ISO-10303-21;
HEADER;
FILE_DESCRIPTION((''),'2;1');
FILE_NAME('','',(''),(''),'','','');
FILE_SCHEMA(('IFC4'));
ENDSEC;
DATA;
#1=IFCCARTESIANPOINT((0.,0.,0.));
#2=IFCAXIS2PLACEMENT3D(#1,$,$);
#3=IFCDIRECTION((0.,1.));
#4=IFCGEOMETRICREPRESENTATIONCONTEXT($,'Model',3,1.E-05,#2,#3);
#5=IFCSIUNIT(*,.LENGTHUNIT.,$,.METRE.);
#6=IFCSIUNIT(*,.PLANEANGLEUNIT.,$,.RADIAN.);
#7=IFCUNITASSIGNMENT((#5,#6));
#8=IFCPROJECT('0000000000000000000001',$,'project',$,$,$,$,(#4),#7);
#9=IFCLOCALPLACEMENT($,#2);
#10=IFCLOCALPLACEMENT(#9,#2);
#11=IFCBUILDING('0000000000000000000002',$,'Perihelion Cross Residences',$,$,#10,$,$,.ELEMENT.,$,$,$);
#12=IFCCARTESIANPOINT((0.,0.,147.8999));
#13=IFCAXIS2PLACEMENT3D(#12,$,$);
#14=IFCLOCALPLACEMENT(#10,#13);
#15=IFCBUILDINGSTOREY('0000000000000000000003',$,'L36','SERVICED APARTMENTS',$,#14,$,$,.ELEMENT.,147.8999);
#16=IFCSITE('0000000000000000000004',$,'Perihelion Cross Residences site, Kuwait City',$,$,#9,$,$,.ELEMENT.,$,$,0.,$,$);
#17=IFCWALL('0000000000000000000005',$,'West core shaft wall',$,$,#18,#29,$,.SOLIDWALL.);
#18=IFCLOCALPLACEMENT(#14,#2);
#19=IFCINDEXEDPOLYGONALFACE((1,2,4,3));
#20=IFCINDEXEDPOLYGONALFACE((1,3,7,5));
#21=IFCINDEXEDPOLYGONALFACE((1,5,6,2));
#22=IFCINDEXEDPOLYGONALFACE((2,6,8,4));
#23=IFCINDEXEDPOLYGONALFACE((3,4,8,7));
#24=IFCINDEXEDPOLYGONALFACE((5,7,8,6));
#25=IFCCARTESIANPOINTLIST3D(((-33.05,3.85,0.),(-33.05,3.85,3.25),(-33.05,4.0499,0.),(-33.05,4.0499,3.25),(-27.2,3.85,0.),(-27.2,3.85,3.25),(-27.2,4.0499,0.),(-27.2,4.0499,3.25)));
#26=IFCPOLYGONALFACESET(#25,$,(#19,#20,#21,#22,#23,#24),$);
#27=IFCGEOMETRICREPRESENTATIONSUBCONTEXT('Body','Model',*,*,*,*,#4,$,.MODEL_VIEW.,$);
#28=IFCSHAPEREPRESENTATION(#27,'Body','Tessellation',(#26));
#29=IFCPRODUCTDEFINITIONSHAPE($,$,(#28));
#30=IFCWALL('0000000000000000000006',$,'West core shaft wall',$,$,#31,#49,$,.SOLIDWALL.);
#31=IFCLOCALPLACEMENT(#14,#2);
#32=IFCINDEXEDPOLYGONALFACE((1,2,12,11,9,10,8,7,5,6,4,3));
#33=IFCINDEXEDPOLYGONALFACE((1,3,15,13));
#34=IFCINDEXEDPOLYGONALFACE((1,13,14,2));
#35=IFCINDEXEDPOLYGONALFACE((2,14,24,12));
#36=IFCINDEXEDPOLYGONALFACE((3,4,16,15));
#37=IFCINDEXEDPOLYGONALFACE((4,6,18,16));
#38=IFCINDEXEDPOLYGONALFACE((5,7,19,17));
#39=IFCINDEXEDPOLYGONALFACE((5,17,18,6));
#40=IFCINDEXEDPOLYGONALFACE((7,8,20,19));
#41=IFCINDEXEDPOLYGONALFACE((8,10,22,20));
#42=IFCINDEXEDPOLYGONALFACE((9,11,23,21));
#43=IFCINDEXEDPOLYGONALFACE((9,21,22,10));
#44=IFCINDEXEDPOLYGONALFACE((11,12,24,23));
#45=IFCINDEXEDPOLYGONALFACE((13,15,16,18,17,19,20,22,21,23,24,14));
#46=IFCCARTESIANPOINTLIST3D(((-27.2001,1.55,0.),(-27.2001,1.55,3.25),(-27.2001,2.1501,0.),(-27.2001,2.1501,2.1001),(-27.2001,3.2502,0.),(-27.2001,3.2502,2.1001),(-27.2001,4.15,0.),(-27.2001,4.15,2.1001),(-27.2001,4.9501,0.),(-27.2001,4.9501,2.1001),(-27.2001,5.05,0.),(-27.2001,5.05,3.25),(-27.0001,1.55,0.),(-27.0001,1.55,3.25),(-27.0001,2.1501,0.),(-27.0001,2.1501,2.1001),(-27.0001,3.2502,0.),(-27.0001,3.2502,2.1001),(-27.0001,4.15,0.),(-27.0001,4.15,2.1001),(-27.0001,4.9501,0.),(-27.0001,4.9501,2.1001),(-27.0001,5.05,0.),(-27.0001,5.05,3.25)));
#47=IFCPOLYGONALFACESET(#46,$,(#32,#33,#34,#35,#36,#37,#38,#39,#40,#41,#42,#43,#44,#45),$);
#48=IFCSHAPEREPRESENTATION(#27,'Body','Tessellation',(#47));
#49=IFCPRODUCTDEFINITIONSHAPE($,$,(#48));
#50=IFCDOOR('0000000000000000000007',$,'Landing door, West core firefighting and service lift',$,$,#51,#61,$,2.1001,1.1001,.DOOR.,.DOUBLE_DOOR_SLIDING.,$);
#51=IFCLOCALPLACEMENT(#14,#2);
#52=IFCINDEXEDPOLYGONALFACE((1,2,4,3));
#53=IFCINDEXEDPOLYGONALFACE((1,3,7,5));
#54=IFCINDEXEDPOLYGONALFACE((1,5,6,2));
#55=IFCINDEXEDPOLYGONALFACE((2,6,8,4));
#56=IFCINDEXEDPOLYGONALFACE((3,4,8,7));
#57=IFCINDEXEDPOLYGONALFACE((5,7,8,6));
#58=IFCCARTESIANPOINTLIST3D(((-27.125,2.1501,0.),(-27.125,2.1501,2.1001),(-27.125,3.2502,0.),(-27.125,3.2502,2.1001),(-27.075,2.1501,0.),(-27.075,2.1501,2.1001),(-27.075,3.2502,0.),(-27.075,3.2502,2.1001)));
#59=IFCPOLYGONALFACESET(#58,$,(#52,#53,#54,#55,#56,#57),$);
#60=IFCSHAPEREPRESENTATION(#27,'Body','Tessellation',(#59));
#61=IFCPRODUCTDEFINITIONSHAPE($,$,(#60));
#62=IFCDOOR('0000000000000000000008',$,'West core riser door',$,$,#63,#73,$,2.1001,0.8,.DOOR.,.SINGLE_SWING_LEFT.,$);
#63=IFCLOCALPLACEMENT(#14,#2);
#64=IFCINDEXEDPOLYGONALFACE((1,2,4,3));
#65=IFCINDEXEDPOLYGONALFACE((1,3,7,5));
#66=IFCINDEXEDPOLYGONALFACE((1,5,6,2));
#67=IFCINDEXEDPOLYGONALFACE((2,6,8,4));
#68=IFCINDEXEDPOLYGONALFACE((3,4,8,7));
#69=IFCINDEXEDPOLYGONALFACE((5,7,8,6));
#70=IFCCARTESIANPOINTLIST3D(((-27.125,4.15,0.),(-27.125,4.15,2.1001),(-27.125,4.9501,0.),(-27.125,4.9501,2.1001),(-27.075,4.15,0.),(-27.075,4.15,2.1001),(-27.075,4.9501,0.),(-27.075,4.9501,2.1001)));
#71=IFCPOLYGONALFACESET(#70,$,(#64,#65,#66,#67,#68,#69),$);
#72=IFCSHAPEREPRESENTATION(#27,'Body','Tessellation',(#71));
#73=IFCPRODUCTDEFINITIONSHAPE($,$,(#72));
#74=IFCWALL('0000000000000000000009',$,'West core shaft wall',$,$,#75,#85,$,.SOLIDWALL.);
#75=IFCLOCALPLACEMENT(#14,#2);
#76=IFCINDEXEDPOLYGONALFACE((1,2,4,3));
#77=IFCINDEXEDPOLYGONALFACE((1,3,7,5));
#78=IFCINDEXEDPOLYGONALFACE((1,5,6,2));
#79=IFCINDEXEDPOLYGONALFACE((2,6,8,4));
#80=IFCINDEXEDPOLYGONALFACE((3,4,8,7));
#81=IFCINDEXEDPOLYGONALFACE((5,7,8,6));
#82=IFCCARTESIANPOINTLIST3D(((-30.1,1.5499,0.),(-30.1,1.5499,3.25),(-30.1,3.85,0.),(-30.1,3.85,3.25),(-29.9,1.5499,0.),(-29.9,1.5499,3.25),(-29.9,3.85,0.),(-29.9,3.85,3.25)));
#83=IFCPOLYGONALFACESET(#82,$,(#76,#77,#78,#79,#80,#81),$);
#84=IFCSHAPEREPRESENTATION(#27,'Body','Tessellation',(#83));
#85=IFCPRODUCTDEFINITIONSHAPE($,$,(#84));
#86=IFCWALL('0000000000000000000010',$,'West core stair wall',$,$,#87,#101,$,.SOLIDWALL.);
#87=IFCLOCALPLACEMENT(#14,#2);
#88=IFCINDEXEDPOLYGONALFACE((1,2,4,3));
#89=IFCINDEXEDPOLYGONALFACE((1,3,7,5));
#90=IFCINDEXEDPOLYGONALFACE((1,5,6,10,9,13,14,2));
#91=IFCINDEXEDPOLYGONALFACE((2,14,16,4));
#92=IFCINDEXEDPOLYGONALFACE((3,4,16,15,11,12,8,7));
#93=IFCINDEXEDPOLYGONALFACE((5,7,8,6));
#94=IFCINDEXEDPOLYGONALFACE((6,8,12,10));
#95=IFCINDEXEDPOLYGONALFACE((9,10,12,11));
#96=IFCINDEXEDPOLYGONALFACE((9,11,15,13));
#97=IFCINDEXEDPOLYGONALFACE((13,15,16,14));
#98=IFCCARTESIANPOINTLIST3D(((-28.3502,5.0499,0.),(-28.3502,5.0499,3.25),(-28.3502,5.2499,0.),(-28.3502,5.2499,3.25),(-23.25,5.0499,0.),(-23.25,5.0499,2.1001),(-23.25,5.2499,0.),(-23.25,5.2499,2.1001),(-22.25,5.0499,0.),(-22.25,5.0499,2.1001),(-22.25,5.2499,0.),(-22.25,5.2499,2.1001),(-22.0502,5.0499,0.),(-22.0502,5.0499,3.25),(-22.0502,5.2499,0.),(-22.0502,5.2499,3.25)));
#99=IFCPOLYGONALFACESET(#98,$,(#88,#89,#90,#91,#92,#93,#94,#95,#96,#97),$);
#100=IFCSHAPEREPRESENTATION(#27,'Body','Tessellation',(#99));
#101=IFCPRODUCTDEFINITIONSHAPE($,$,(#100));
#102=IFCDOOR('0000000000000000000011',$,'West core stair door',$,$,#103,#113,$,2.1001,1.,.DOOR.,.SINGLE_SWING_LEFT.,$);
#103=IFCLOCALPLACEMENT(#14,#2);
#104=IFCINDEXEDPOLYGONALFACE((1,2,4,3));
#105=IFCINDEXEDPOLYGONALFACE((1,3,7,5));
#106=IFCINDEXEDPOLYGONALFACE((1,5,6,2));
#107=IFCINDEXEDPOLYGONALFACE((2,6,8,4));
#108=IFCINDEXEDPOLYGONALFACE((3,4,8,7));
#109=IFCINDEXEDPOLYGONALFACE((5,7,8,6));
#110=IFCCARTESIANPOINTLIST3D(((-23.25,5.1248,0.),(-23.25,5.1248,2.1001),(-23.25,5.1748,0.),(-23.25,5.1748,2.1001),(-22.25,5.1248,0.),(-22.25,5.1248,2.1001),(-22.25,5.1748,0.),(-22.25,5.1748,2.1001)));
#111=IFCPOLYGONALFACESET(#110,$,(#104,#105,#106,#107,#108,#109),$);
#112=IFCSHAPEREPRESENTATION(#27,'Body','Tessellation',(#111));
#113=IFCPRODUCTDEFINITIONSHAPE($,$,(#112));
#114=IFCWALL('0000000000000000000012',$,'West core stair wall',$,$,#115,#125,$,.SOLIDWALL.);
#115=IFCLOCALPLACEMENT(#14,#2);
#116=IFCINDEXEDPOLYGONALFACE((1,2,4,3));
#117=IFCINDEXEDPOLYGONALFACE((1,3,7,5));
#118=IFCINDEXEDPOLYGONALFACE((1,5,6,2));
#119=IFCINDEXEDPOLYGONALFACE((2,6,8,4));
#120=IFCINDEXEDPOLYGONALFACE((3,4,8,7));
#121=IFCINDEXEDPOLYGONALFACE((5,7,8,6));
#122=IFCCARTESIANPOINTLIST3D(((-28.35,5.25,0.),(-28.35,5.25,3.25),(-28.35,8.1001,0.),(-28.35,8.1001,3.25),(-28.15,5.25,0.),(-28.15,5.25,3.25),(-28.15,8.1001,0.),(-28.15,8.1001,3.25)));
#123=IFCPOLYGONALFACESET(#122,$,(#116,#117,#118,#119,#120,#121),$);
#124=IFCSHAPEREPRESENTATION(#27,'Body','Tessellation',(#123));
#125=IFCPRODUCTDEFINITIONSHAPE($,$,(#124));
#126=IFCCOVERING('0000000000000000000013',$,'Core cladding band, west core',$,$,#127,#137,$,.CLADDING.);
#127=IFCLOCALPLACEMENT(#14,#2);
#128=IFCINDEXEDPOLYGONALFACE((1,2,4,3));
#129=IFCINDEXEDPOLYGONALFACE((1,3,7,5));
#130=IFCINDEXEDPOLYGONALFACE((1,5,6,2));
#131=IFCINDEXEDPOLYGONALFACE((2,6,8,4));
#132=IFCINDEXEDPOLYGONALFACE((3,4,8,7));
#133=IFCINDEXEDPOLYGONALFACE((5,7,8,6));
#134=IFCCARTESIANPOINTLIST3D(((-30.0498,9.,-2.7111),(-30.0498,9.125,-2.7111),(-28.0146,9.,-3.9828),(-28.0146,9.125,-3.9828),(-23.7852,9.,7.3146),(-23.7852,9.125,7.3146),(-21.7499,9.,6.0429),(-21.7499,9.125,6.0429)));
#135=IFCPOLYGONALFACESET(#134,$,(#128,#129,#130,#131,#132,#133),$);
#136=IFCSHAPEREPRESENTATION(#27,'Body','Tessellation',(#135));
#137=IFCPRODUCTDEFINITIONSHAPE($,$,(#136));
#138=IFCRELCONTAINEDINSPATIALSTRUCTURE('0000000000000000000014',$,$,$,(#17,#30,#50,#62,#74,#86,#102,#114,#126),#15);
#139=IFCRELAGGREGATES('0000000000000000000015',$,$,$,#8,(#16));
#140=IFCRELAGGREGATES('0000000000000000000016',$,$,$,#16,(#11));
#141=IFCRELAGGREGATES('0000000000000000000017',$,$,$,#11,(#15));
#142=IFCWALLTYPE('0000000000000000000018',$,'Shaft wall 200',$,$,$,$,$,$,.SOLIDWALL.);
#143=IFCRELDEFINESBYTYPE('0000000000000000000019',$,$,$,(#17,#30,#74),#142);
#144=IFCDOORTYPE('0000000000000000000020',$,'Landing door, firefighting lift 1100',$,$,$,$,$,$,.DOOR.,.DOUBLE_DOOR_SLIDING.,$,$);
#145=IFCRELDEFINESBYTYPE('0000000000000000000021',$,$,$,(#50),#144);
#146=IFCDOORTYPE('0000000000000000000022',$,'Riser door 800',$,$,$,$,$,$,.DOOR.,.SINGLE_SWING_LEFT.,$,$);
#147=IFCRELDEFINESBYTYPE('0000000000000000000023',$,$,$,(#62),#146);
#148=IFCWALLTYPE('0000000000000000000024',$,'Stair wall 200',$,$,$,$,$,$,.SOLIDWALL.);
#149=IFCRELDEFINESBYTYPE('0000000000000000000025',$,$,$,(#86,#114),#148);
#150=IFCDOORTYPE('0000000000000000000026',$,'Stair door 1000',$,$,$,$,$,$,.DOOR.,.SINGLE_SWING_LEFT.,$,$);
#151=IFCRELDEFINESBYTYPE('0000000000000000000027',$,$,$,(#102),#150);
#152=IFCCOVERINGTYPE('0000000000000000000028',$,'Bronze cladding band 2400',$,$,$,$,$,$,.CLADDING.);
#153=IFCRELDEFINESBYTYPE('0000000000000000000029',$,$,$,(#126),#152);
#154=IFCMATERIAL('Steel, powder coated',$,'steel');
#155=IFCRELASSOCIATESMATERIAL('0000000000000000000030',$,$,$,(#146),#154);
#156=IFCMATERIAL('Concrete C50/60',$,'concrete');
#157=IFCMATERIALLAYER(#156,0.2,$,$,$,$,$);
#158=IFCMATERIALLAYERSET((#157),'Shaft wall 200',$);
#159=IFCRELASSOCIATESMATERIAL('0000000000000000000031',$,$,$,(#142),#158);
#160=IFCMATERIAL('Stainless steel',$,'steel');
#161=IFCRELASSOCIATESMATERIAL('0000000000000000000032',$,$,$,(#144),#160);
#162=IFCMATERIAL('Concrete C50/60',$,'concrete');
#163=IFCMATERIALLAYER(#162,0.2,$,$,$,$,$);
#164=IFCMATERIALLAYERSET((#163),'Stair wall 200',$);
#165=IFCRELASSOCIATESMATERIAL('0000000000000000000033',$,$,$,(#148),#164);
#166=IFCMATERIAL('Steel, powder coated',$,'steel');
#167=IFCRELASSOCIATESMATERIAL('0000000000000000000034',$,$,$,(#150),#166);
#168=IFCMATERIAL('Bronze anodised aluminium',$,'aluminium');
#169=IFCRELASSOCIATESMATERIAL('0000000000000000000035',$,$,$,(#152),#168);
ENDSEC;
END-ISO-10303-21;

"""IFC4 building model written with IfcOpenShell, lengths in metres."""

from ifc_helpers import new_model, si_unit, direction, frame, frame_2d, origin, origin_2d, place, context, subcontext, project, spatial, rectangle, extrude, material, layer, layer_set, material_profile, profile_set, type_object, element, fill, save


model = new_model("IFC4")

# Units and contexts
model_context = context("Model", 3, precision=1e-05, world=origin(), true_north=direction((0.0, 1.0)))
body_context = subcontext(model_context, "Body", "Model", "MODEL_VIEW")
ifc_project = project(units=[si_unit("LENGTHUNIT", "METRE"), si_unit("PLANEANGLEUNIT", "RADIAN")], contexts=[model_context])

# Site, building, storey
site_placement = place(None, origin())
site = spatial("IfcSite", under=ifc_project, at=site_placement, Name="Perihelion Cross Residences site, Kuwait City", CompositionType="ELEMENT", RefElevation=0.0)
building_placement = place(site_placement, origin())
building = spatial("IfcBuilding", under=site, at=building_placement, Name="Perihelion Cross Residences", CompositionType="ELEMENT")
storey_placement = place(building_placement, frame((0.0, 0.0, 147.8999)))
storey = spatial("IfcBuildingStorey", under=building, at=storey_placement, Name="L36", Description="SERVICED APARTMENTS", CompositionType="ELEMENT", Elevation=147.8999)

# Shared definitions
ifc_material_1 = material(Name="Steel, powder coated", Category="steel")
door_type_1 = type_object("IfcDoorType", Name="Riser door 800", OperationType="SINGLE_SWING_LEFT", PredefinedType="DOOR", material=ifc_material_1)

# Shared definitions
ifc_material_2 = material(Name="Concrete C50/60", Category="concrete")
ifc_layer_1 = layer(ifc_material_2, 0.2)
ifc_layer_set_1 = layer_set([ifc_layer_1], Name="Shaft wall 200")
wall_type_1 = type_object("IfcWallType", Name="Shaft wall 200", PredefinedType="SOLIDWALL", material=ifc_layer_set_1)

# Wall
wall_1_placement = place(storey_placement, frame((-33.05, 3.95, 0.0), z_axis=(0.0, 0.0, 1.0), x_axis=(1.0, 0.0, 0.0)))
element("IfcWall", 1, at=wall_1_placement, inside=storey, type_object=wall_type_1, Name="West core shaft wall", PredefinedType="SOLIDWALL", context=body_context, shape_type="SweptSolid", body=[
    extrude(rectangle(XDim=5.8501, YDim=0.2, at=frame_2d((2.925, 0.0))), origin(), (0.0, 0.0, 1.0), 3.25),
])

# Wall, openings, doors
wall_2_placement = place(storey_placement, frame((-27.1001, 1.55, 0.0), z_axis=(0.0, 0.0, 1.0), x_axis=(0.0, 1.0, 0.0)))
wall_2 = element("IfcWall", 2, at=wall_2_placement, inside=storey, type_object=wall_type_1, Name="West core shaft wall", PredefinedType="SOLIDWALL", context=body_context, shape_type="SweptSolid", body=[
    extrude(rectangle(XDim=3.5, YDim=0.2, at=frame_2d((1.75, 0.0))), origin(), (0.0, 0.0, 1.0), 3.25),
])
opening_1_placement = place(wall_2_placement, frame((0.6001, 0.0, 0.0)))
opening_1 = element("IfcOpeningElement", 3, at=opening_1_placement, cuts=wall_2, PredefinedType="OPENING", context=body_context, shape_type="SweptSolid", body=[
    extrude(rectangle(XDim=1.1001, YDim=2.1001, at=frame_2d((0.55, 1.05))), frame((0.0, 0.1099, 0.0), z_axis=(0.0, -1.0, 0.0), x_axis=(1.0, 0.0, 0.0)), (0.0, 0.0, 1.0), 0.22),
])
opening_2_placement = place(wall_2_placement, frame((2.6001, 0.0, 0.0)))
opening_2 = element("IfcOpeningElement", 4, at=opening_2_placement, cuts=wall_2, PredefinedType="OPENING", context=body_context, shape_type="SweptSolid", body=[
    extrude(rectangle(XDim=0.8, YDim=2.1001, at=frame_2d((0.3999, 1.05))), frame((0.0, 0.1099, 0.0), z_axis=(0.0, -1.0, 0.0), x_axis=(1.0, 0.0, 0.0)), (0.0, 0.0, 1.0), 0.22),
])
ifc_material_3 = material(Name="Stainless steel", Category="steel")
door_type_2 = type_object("IfcDoorType", Name="Landing door, firefighting lift 1100", OperationType="DOUBLE_DOOR_SLIDING", PredefinedType="DOOR", material=ifc_material_3)
door_1_placement = place(opening_1_placement, origin())
door_1 = element("IfcDoor", 5, at=door_1_placement, inside=storey, type_object=door_type_2, Name="Landing door, West core firefighting and service lift", OperationType="DOUBLE_DOOR_SLIDING", OverallHeight=2.1001, OverallWidth=1.1001, PredefinedType="DOOR", context=body_context, shape_type="SweptSolid", body=[
    extrude(rectangle(XDim=1.1001, YDim=2.1001, at=frame_2d((0.55, 1.05))), frame((0.0, 0.0249, 0.0), z_axis=(0.0, -1.0, 0.0), x_axis=(1.0, 0.0, 0.0)), (0.0, 0.0, 1.0), 0.05),
])
fill(opening_1, door_1)
door_2_placement = place(opening_2_placement, origin())
door_2 = element("IfcDoor", 6, at=door_2_placement, inside=storey, type_object=door_type_1, Name="West core riser door", OperationType="SINGLE_SWING_LEFT", OverallHeight=2.1001, OverallWidth=0.8, PredefinedType="DOOR", context=body_context, shape_type="SweptSolid", body=[
    extrude(rectangle(XDim=0.8, YDim=2.1001, at=frame_2d((0.3999, 1.05))), frame((0.0, 0.0249, 0.0), z_axis=(0.0, -1.0, 0.0), x_axis=(1.0, 0.0, 0.0)), (0.0, 0.0, 1.0), 0.05),
])
fill(opening_2, door_2)

# Wall
wall_3_placement = place(storey_placement, frame((-30.0, 1.55, 0.0), z_axis=(0.0, 0.0, 1.0), x_axis=(0.0, 1.0, 0.0)))
element("IfcWall", 7, at=wall_3_placement, inside=storey, type_object=wall_type_1, Name="West core shaft wall", PredefinedType="SOLIDWALL", context=body_context, shape_type="SweptSolid", body=[
    extrude(rectangle(XDim=2.3, YDim=0.2, at=frame_2d((1.1499, 0.0))), origin(), (0.0, 0.0, 1.0), 3.25),
])

# Wall, opening, door
ifc_material_4 = material(Name="Concrete C50/60", Category="concrete")
ifc_layer_2 = layer(ifc_material_4, 0.2)
ifc_layer_set_2 = layer_set([ifc_layer_2], Name="Stair wall 200")
wall_type_2 = type_object("IfcWallType", Name="Stair wall 200", PredefinedType="SOLIDWALL", material=ifc_layer_set_2)
wall_4_placement = place(storey_placement, frame((-28.3501, 5.1499, 0.0), z_axis=(0.0, 0.0, 1.0), x_axis=(1.0, 0.0, 0.0)))
wall_4 = element("IfcWall", 8, at=wall_4_placement, inside=storey, type_object=wall_type_2, Name="West core stair wall", PredefinedType="SOLIDWALL", context=body_context, shape_type="SweptSolid", body=[
    extrude(rectangle(XDim=6.3, YDim=0.2, at=frame_2d((3.1499, 0.0))), origin(), (0.0, 0.0, 1.0), 3.25),
])
opening_3_placement = place(wall_4_placement, frame((5.1001, 0.0, 0.0)))
opening_3 = element("IfcOpeningElement", 9, at=opening_3_placement, cuts=wall_4, PredefinedType="OPENING", context=body_context, shape_type="SweptSolid", body=[
    extrude(rectangle(XDim=1.0, YDim=2.1001, at=frame_2d((0.5, 1.05))), frame((0.0, 0.1099, 0.0), z_axis=(0.0, -1.0, 0.0), x_axis=(1.0, 0.0, 0.0)), (0.0, 0.0, 1.0), 0.22),
])
ifc_material_5 = material(Name="Steel, powder coated", Category="steel")
door_type_3 = type_object("IfcDoorType", Name="Stair door 1000", OperationType="SINGLE_SWING_LEFT", PredefinedType="DOOR", material=ifc_material_5)
door_3_placement = place(opening_3_placement, origin())
door_3 = element("IfcDoor", 10, at=door_3_placement, inside=storey, type_object=door_type_3, Name="West core stair door", OperationType="SINGLE_SWING_LEFT", OverallHeight=2.1001, OverallWidth=1.0, PredefinedType="DOOR", context=body_context, shape_type="SweptSolid", body=[
    extrude(rectangle(XDim=1.0, YDim=2.1001, at=frame_2d((0.5, 1.05))), frame((0.0, 0.0249, 0.0), z_axis=(0.0, -1.0, 0.0), x_axis=(1.0, 0.0, 0.0)), (0.0, 0.0, 1.0), 0.05),
])
fill(opening_3, door_3)

# Wall
wall_5_placement = place(storey_placement, frame((-28.25, 5.25, 0.0), z_axis=(0.0, 0.0, 1.0), x_axis=(0.0, 1.0, 0.0)))
element("IfcWall", 11, at=wall_5_placement, inside=storey, type_object=wall_type_2, Name="West core stair wall", PredefinedType="SOLIDWALL", context=body_context, shape_type="SweptSolid", body=[
    extrude(rectangle(XDim=2.8501, YDim=0.2, at=frame_2d((1.425, 0.0))), origin(), (0.0, 0.0, 1.0), 3.25),
])

# Covering
ifc_material_6 = material(Name="Bronze anodised aluminium", Category="aluminium")
ifc_material_profile = material_profile(ifc_material_6, rectangle(XDim=0.125, YDim=2.3999, at=origin_2d()), Name="Bronze cladding band 2400")
ifc_profile_set = profile_set([ifc_material_profile], Name="Bronze anodised aluminium")
covering_type = type_object("IfcCoveringType", Name="Bronze cladding band 2400", PredefinedType="CLADDING", material=ifc_profile_set)
covering_placement = place(storey_placement, frame((-29.0322, 9.0625, -3.3469), z_axis=(0.529915, 0.0, 0.848051), x_axis=(0.0, 1.0, 0.0)))
element("IfcCovering", 12, at=covering_placement, inside=storey, type_object=covering_type, Name="Core cladding band, west core", PredefinedType="CLADDING", context=body_context, shape_type="SweptSolid", body=[
    extrude(rectangle(XDim=0.125, YDim=2.3999, at=origin_2d()), origin(), (0.0, 0.0, 1.0), 11.822),
])

save(model, "model.ifc")
